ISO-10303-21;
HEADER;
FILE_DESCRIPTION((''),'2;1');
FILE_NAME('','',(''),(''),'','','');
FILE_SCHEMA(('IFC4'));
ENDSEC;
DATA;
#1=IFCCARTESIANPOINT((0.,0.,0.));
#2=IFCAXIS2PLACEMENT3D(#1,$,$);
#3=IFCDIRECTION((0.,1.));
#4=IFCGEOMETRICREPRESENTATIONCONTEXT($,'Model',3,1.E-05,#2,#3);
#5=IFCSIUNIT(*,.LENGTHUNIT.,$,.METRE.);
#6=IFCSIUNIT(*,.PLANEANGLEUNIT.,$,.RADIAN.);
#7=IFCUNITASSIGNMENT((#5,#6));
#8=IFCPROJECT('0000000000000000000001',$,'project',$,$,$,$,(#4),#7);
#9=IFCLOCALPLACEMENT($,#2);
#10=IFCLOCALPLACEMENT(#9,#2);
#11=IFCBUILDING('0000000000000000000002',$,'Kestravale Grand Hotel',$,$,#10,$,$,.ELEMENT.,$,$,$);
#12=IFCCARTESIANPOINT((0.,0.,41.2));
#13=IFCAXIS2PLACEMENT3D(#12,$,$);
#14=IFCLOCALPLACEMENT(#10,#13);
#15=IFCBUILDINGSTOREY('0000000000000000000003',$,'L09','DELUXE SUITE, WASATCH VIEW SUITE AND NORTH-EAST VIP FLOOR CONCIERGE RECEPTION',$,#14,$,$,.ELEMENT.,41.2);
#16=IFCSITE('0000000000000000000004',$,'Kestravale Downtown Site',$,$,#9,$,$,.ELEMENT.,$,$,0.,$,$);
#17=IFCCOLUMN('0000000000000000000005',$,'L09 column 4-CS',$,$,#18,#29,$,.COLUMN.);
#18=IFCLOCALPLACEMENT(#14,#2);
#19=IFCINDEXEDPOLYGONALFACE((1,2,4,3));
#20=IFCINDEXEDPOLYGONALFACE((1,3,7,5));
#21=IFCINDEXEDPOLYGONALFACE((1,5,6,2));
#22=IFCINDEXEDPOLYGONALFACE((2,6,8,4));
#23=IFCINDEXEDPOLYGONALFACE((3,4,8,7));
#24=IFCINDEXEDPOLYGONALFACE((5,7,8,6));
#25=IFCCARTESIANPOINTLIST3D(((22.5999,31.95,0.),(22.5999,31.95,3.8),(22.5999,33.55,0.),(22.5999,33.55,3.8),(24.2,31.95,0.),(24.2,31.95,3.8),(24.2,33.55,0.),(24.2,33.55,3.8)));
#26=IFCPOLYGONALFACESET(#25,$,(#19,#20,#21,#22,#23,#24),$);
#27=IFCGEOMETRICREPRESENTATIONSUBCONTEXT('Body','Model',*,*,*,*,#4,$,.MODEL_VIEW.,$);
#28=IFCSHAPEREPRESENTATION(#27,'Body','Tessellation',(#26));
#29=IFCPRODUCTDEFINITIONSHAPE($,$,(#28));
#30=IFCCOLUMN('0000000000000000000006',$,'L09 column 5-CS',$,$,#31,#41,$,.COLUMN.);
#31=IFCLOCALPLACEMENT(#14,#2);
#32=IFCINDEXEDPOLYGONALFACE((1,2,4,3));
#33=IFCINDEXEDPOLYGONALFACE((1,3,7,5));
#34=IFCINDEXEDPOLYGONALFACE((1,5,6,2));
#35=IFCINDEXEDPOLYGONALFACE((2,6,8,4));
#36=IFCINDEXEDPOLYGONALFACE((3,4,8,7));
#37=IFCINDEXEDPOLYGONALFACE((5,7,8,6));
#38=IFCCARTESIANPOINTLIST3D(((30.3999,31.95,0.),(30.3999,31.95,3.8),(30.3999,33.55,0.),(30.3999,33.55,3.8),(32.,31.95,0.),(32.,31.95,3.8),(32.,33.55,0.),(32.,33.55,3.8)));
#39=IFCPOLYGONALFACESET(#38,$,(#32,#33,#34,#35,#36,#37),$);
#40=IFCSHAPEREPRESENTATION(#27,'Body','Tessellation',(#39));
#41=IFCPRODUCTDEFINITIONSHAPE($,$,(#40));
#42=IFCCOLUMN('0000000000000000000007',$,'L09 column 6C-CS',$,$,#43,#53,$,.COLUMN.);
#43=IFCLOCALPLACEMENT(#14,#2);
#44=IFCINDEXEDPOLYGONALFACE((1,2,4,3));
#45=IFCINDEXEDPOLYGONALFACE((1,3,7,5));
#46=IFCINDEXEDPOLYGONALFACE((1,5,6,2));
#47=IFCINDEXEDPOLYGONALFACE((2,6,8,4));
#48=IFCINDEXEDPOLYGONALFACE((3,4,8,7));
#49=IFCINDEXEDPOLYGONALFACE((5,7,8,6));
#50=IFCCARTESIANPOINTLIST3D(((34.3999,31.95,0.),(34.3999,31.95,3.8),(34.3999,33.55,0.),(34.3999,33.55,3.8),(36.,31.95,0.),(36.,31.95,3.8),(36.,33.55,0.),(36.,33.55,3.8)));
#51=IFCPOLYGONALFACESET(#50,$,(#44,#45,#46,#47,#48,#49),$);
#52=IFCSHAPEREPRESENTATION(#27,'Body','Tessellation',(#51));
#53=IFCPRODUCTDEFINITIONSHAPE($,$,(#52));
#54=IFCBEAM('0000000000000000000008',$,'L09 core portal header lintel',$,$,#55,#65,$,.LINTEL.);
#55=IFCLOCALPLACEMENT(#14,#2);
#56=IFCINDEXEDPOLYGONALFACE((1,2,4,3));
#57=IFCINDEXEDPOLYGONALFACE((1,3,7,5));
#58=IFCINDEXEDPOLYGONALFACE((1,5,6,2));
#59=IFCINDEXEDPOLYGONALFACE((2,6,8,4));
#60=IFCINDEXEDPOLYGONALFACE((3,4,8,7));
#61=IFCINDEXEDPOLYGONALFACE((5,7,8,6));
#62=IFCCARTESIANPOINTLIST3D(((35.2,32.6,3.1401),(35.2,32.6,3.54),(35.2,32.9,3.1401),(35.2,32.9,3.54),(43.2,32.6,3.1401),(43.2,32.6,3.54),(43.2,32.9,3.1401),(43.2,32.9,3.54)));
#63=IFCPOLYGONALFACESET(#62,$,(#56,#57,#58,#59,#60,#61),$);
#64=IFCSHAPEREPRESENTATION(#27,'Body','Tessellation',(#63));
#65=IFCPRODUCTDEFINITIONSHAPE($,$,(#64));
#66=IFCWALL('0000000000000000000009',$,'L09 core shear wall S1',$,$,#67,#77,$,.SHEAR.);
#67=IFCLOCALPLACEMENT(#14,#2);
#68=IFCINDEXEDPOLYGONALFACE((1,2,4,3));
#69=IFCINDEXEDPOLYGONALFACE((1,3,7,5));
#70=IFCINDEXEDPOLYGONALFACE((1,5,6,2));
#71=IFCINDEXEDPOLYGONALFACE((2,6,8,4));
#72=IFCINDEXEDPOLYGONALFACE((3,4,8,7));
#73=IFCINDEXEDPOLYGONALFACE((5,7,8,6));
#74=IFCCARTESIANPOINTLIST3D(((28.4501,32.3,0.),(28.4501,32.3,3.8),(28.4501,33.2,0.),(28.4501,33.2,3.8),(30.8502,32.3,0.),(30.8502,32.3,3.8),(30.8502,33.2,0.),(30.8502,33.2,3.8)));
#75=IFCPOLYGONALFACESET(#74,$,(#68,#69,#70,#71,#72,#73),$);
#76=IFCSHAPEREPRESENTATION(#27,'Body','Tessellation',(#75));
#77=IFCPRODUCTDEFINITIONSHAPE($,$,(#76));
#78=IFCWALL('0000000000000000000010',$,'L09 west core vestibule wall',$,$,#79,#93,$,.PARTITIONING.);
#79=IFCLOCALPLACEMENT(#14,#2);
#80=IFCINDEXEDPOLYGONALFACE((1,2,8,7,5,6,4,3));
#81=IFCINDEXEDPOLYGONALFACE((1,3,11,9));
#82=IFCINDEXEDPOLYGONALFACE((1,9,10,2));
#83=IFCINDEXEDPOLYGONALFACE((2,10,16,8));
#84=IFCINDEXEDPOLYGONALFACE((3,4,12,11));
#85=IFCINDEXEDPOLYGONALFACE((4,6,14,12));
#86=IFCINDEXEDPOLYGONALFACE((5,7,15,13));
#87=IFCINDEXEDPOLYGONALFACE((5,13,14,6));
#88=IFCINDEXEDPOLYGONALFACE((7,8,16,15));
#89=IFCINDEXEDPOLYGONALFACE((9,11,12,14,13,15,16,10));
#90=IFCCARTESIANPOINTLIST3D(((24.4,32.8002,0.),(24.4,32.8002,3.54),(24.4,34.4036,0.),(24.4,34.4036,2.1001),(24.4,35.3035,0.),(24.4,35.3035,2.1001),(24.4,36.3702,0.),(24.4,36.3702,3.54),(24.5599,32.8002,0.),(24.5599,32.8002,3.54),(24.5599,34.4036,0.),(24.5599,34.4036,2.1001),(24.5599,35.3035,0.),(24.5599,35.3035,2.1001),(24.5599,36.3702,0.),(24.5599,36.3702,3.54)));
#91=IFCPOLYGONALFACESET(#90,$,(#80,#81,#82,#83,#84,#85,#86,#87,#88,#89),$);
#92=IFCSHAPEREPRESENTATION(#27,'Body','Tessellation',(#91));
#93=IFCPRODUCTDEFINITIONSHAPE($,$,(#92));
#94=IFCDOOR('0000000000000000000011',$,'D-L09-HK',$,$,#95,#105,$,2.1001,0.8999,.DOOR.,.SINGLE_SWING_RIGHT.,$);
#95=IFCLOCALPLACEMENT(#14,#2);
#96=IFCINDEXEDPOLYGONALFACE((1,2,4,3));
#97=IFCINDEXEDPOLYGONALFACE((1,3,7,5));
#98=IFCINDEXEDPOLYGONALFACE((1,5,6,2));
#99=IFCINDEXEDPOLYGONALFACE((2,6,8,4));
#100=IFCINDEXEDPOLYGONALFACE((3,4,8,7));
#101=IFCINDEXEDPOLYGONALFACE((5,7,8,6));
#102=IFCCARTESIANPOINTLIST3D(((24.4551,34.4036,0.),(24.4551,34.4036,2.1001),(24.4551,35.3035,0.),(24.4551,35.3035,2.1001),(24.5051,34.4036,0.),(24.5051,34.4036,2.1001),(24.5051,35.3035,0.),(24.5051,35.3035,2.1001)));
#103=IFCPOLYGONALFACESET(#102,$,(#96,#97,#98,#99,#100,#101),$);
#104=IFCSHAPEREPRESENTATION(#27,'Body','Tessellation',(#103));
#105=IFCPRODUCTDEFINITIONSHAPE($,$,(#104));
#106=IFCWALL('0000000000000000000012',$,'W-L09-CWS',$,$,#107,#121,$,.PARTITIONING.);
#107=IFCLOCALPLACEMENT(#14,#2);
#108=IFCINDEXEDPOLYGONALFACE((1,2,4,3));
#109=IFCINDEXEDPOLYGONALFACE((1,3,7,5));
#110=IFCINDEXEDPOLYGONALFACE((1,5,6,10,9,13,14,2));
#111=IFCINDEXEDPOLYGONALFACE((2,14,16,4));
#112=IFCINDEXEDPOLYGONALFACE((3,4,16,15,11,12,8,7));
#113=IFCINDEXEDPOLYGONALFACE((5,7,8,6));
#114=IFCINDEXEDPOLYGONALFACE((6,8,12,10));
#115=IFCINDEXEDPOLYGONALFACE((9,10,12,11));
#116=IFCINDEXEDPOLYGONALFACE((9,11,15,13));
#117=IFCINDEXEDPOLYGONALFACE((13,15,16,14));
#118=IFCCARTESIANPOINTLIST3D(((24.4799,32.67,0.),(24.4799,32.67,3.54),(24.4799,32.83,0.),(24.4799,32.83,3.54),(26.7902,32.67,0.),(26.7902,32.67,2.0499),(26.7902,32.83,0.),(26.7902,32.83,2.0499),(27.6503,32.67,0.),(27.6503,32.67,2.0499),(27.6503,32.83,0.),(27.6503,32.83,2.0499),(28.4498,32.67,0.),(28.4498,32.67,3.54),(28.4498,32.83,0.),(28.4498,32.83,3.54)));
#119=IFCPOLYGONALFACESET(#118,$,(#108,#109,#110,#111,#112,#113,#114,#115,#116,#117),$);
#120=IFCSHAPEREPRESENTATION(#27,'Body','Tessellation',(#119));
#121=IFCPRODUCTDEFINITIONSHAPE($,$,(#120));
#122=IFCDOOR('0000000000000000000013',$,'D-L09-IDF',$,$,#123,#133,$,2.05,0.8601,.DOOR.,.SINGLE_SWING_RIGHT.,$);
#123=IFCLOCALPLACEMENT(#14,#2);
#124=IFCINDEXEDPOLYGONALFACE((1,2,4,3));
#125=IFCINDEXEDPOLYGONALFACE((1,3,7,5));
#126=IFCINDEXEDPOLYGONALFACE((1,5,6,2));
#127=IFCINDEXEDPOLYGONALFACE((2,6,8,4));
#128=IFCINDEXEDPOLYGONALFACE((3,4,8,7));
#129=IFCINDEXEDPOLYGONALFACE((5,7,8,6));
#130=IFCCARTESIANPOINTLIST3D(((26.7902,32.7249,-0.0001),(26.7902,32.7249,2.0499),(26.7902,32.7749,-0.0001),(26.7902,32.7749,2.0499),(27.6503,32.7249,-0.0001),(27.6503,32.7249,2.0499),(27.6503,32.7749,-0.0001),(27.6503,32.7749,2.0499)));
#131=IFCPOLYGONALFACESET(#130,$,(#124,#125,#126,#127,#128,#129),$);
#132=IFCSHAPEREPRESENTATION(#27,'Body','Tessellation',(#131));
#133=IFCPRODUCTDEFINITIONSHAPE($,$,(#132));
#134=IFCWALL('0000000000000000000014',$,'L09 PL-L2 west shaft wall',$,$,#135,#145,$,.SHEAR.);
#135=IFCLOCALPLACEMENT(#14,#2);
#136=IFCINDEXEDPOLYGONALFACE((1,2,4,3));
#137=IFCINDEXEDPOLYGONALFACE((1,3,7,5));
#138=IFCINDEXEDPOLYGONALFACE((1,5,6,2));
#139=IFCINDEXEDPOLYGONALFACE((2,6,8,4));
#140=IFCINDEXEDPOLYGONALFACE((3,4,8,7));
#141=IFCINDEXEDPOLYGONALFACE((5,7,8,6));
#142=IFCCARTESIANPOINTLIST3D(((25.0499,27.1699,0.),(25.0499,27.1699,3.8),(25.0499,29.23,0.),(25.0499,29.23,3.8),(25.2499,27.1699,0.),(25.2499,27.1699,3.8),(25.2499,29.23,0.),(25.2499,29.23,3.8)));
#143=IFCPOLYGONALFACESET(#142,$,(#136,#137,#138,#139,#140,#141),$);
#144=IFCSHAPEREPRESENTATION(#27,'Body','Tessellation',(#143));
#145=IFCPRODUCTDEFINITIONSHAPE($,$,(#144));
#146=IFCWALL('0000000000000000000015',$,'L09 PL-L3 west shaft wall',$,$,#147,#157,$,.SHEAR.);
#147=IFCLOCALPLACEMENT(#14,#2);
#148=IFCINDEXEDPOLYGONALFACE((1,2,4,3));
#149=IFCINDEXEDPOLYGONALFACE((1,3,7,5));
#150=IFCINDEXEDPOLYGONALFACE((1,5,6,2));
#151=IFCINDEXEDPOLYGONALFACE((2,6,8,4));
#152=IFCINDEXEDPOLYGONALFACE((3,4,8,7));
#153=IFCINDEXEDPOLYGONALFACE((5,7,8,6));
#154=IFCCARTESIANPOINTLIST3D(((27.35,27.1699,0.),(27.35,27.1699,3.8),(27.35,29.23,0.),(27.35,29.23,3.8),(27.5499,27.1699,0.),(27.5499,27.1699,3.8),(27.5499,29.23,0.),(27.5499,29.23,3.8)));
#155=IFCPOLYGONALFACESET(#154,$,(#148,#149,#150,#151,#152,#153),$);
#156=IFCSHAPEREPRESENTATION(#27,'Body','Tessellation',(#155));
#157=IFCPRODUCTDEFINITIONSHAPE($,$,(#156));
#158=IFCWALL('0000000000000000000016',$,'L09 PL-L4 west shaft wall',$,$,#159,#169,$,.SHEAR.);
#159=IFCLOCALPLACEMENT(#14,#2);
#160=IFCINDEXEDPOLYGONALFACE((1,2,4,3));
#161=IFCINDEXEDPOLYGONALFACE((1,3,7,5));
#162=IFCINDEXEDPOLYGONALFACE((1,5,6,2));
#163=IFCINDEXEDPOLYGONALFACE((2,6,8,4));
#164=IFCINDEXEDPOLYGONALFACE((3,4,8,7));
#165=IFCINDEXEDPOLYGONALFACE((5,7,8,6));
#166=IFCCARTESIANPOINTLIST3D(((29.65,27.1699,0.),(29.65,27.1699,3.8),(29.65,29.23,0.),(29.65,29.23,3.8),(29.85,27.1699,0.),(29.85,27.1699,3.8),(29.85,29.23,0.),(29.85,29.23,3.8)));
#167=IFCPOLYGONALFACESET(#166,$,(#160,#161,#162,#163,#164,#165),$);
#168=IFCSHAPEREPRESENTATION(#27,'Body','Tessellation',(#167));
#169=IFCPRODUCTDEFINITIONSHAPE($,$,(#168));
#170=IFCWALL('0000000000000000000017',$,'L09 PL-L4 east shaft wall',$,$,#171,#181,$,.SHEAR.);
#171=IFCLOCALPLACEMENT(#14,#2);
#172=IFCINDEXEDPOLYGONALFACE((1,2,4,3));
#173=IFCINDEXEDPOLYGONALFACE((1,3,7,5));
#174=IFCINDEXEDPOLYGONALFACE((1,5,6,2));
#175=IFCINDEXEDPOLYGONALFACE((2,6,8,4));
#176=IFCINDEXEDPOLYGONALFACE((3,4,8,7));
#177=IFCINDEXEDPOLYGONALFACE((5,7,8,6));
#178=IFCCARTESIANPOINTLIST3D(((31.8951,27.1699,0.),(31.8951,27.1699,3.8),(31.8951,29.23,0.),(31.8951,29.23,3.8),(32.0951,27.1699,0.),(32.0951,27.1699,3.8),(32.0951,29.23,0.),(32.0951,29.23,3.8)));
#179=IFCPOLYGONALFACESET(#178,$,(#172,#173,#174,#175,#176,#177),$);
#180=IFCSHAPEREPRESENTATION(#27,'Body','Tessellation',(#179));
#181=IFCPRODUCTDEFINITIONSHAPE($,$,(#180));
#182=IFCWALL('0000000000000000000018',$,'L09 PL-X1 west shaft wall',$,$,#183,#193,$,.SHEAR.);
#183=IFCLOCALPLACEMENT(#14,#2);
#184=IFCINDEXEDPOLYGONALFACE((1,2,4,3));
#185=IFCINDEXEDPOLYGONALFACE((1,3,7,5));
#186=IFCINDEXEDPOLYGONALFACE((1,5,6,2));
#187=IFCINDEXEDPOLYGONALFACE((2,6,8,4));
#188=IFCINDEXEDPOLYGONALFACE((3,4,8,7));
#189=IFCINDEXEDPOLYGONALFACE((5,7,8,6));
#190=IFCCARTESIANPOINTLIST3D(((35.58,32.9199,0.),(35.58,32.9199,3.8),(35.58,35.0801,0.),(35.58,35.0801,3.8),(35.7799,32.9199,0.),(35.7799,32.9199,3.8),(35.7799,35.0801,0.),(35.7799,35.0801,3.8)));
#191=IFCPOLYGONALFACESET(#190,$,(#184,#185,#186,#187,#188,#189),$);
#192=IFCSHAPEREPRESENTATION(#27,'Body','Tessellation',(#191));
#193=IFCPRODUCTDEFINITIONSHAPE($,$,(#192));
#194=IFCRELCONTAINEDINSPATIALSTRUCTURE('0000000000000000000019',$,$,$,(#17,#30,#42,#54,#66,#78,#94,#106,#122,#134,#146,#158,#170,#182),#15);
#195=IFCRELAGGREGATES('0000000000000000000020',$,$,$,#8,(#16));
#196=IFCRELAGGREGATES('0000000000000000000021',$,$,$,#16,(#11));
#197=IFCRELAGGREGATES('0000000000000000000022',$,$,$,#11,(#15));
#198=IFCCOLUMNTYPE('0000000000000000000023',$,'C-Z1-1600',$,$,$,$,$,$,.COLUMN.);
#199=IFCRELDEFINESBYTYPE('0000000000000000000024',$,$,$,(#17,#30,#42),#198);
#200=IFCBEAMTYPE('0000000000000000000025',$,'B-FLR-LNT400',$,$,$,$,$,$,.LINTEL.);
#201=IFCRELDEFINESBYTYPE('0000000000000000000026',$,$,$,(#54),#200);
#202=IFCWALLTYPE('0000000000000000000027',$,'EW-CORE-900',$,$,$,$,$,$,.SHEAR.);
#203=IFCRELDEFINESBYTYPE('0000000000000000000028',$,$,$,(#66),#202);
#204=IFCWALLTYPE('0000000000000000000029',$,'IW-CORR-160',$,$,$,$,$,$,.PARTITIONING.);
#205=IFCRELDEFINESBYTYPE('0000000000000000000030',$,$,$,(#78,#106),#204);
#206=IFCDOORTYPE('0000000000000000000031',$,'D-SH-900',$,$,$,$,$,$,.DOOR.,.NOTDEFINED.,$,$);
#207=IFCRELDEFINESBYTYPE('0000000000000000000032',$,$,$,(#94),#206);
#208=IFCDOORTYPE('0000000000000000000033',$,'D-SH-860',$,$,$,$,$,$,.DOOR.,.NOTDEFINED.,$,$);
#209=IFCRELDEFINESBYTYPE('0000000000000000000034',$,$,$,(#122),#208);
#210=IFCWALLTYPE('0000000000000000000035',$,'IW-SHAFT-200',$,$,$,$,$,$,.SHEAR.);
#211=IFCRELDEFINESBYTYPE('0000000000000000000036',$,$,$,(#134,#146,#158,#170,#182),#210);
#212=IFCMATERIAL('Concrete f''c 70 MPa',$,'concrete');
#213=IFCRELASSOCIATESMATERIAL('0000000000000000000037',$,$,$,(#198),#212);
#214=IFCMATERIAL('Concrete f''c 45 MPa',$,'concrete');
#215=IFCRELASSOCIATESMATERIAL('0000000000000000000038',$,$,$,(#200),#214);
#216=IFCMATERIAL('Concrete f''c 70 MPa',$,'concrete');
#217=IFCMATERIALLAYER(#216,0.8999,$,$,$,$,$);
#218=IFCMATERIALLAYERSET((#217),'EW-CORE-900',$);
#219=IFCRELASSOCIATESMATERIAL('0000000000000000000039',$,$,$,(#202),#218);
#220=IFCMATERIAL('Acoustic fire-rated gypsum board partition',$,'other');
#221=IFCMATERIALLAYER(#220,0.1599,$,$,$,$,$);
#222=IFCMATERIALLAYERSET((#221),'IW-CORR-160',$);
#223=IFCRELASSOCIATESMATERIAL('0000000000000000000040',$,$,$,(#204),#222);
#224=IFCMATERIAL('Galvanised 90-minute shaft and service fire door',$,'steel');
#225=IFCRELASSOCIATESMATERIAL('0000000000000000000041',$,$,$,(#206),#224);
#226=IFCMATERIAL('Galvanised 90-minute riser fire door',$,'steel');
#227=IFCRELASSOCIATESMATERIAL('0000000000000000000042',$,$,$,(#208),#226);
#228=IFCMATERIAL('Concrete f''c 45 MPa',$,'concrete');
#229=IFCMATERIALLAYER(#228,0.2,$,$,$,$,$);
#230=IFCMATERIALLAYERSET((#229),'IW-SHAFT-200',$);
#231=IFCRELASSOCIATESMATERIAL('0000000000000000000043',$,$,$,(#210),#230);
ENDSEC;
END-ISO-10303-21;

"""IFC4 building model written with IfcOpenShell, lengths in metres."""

from ifc_helpers import new_model, si_unit, direction, frame, frame_2d, origin, origin_2d, place, context, subcontext, project, spatial, rectangle, extrude, material, layer, layer_set, material_profile, profile_set, type_object, element, fill, save


model = new_model("IFC4")

# Units and contexts
model_context = context("Model", 3, precision=1e-05, world=origin(), true_north=direction((0.0, 1.0)))
body_context = subcontext(model_context, "Body", "Model", "MODEL_VIEW")
ifc_project = project(units=[si_unit("LENGTHUNIT", "METRE"), si_unit("PLANEANGLEUNIT", "RADIAN")], contexts=[model_context])

# Site, building, storey
site_placement = place(None, origin())
site = spatial("IfcSite", under=ifc_project, at=site_placement, Name="Kestravale Downtown Site", CompositionType="ELEMENT", RefElevation=0.0)
building_placement = place(site_placement, origin())
building = spatial("IfcBuilding", under=site, at=building_placement, Name="Kestravale Grand Hotel", CompositionType="ELEMENT")
storey_placement = place(building_placement, frame((0.0, 0.0, 41.2)))
storey = spatial("IfcBuildingStorey", under=building, at=storey_placement, Name="L09", Description="DELUXE SUITE, WASATCH VIEW SUITE AND NORTH-EAST VIP FLOOR CONCIERGE RECEPTION", CompositionType="ELEMENT", Elevation=41.2)

# Columns
ifc_material_1 = material(Name="Concrete f'c 70 MPa", Category="concrete")
ifc_material_profile_1 = material_profile(ifc_material_1, rectangle(XDim=1.6001, YDim=1.6001, at=origin_2d()))
ifc_profile_set_1 = profile_set([ifc_material_profile_1], Name="Concrete f'c 70 MPa")
column_type = type_object("IfcColumnType", Name="C-Z1-1600", PredefinedType="COLUMN", material=ifc_profile_set_1)
for number, where, z_axis, x_axis, name in (
    (1, (23.3999, 32.75, 0.0), (0.0, 0.0, 1.0), (1.0, 0.0, 0.0), "L09 column 4-CS"),
    (2, (31.2, 32.75, 0.0), (0.0, 0.0, 1.0), (1.0, 0.0, 0.0), "L09 column 5-CS"),
    (3, (35.2, 32.75, 0.0), (0.0, 0.0, 1.0), (1.0, 0.0, 0.0), "L09 column 6C-CS"),
):
    element("IfcColumn", number, at=place(storey_placement, frame(where, z_axis=z_axis, x_axis=x_axis)), inside=storey, type_object=column_type, Name=name, PredefinedType="COLUMN", context=body_context, shape_type="SweptSolid", body=[
        extrude(rectangle(XDim=1.6001, YDim=1.6001, at=origin_2d()), origin(), (0.0, 0.0, 1.0), 3.8),
    ])

# Beam
ifc_material_2 = material(Name="Concrete f'c 45 MPa", Category="concrete")
ifc_material_profile_2 = material_profile(ifc_material_2, rectangle(XDim=0.3, YDim=0.3999, at=origin_2d()))
ifc_profile_set_2 = profile_set([ifc_material_profile_2], Name="Concrete f'c 45 MPa")
beam_type = type_object("IfcBeamType", Name="B-FLR-LNT400", PredefinedType="LINTEL", material=ifc_profile_set_2)
beam_placement = place(storey_placement, frame((35.2, 32.75, 3.3401), z_axis=(1.0, 0.0, 0.0), x_axis=(0.0, 1.0, 0.0)))
element("IfcBeam", 4, at=beam_placement, inside=storey, type_object=beam_type, Name="L09 core portal header lintel", PredefinedType="LINTEL", context=body_context, shape_type="SweptSolid", body=[
    extrude(rectangle(XDim=0.3, YDim=0.3999, at=origin_2d()), origin(), (0.0, 0.0, 1.0), 8.0),
])

# Wall
ifc_material_3 = material(Name="Concrete f'c 70 MPa", Category="concrete")
ifc_layer_1 = layer(ifc_material_3, 0.8999)
ifc_layer_set_1 = layer_set([ifc_layer_1], Name="EW-CORE-900")
wall_type_1 = type_object("IfcWallType", Name="EW-CORE-900", PredefinedType="SHEAR", material=ifc_layer_set_1)
wall_1_placement = place(storey_placement, frame((28.45, 32.75, 0.0), z_axis=(0.0, 0.0, 1.0), x_axis=(1.0, 0.0, 0.0)))
element("IfcWall", 5, at=wall_1_placement, inside=storey, type_object=wall_type_1, Name="L09 core shear wall S1", PredefinedType="SHEAR", context=body_context, shape_type="SweptSolid", body=[
    extrude(rectangle(XDim=2.4001, YDim=0.8999, at=frame_2d((1.2002, 0.0))), origin(), (0.0, 0.0, 1.0), 3.8),
])

# Walls, openings, doors
ifc_material_4 = material(Name="Acoustic fire-rated gypsum board partition", Category="other")
ifc_layer_2 = layer(ifc_material_4, 0.1599)
ifc_layer_set_2 = layer_set([ifc_layer_2], Name="IW-CORR-160")
wall_type_2 = type_object("IfcWallType", Name="IW-CORR-160", PredefinedType="PARTITIONING", material=ifc_layer_set_2)
wall_2_placement = place(storey_placement, frame((24.48, 32.8, 0.0), z_axis=(0.0, 0.0, 1.0), x_axis=(0.0, 1.0, 0.0)))
wall_2 = element("IfcWall", 6, at=wall_2_placement, inside=storey, type_object=wall_type_2, Name="L09 west core vestibule wall", PredefinedType="PARTITIONING", context=body_context, shape_type="SweptSolid", body=[
    extrude(rectangle(XDim=3.5701, YDim=0.1599, at=frame_2d((1.7852, 0.0))), origin(), (0.0, 0.0, 1.0), 3.54),
])
opening_1_placement = place(wall_2_placement, frame((1.6035, 0.0, 0.0)))
opening_1 = element("IfcOpeningElement", 7, at=opening_1_placement, cuts=wall_2, PredefinedType="OPENING", context=body_context, shape_type="SweptSolid", body=[
    extrude(rectangle(XDim=0.8999, YDim=2.1001, at=frame_2d((0.45, 1.05))), frame((0.0, 0.0898, 0.0), z_axis=(0.0, -1.0, 0.0), x_axis=(1.0, 0.0, 0.0)), (0.0, 0.0, 1.0), 0.1799),
])
ifc_material_5 = material(Name="Galvanised 90-minute shaft and service fire door", Category="steel")
door_type_1 = type_object("IfcDoorType", Name="D-SH-900", OperationType="NOTDEFINED", PredefinedType="DOOR", material=ifc_material_5)
door_1_placement = place(opening_1_placement, origin())
door_1 = element("IfcDoor", 8, at=door_1_placement, inside=storey, type_object=door_type_1, Name="D-L09-HK", OperationType="SINGLE_SWING_RIGHT", OverallHeight=2.1001, OverallWidth=0.8999, PredefinedType="DOOR", context=body_context, shape_type="SweptSolid", body=[
    extrude(rectangle(XDim=0.8999, YDim=2.1001, at=frame_2d((0.45, 1.05))), frame((0.0, 0.0249, 0.0), z_axis=(0.0, -1.0, 0.0), x_axis=(1.0, 0.0, 0.0)), (0.0, 0.0, 1.0), 0.05),
])
fill(opening_1, door_1)
wall_3_placement = place(storey_placement, frame((24.48, 32.75, 0.0), z_axis=(0.0, 0.0, 1.0), x_axis=(1.0, 0.0, 0.0)))
wall_3 = element("IfcWall", 9, at=wall_3_placement, inside=storey, type_object=wall_type_2, Name="W-L09-CWS", PredefinedType="PARTITIONING", context=body_context, shape_type="SweptSolid", body=[
    extrude(rectangle(XDim=3.97, YDim=0.1599, at=frame_2d((1.9849, 0.0))), origin(), (0.0, 0.0, 1.0), 3.54),
])
opening_2_placement = place(wall_3_placement, frame((2.3101, 0.0, 0.0)))
opening_2 = element("IfcOpeningElement", 10, at=opening_2_placement, cuts=wall_3, PredefinedType="OPENING", context=body_context, shape_type="SweptSolid", body=[
    extrude(rectangle(XDim=0.8601, YDim=2.05, at=frame_2d((0.4302, 1.0249))), frame((0.0, 0.0898, 0.0), z_axis=(0.0, -1.0, 0.0), x_axis=(1.0, 0.0, 0.0)), (0.0, 0.0, 1.0), 0.1799),
])
ifc_material_6 = material(Name="Galvanised 90-minute riser fire door", Category="steel")
door_type_2 = type_object("IfcDoorType", Name="D-SH-860", OperationType="NOTDEFINED", PredefinedType="DOOR", material=ifc_material_6)
door_2_placement = place(opening_2_placement, origin())
door_2 = element("IfcDoor", 11, at=door_2_placement, inside=storey, type_object=door_type_2, Name="D-L09-IDF", OperationType="SINGLE_SWING_RIGHT", OverallHeight=2.05, OverallWidth=0.8601, PredefinedType="DOOR", context=body_context, shape_type="SweptSolid", body=[
    extrude(rectangle(XDim=0.8601, YDim=2.05, at=frame_2d((0.4302, 1.0249))), frame((0.0, 0.0249, 0.0), z_axis=(0.0, -1.0, 0.0), x_axis=(1.0, 0.0, 0.0)), (0.0, 0.0, 1.0), 0.05),
])
fill(opening_2, door_2)

# Walls
ifc_material_7 = material(Name="Concrete f'c 45 MPa", Category="concrete")
ifc_layer_3 = layer(ifc_material_7, 0.2)
ifc_layer_set_3 = layer_set([ifc_layer_3], Name="IW-SHAFT-200")
wall_type_3 = type_object("IfcWallType", Name="IW-SHAFT-200", PredefinedType="SHEAR", material=ifc_layer_set_3)
for number, where, z_axis, x_axis, name in (
    (12, (25.1499, 27.1699, 0.0), (0.0, 0.0, 1.0), (0.0, 1.0, 0.0), "L09 PL-L2 west shaft wall"),
    (13, (27.45, 27.1699, 0.0), (0.0, 0.0, 1.0), (0.0, 1.0, 0.0), "L09 PL-L3 west shaft wall"),
    (14, (29.75, 27.1699, 0.0), (0.0, 0.0, 1.0), (0.0, 1.0, 0.0), "L09 PL-L4 west shaft wall"),
    (15, (31.9951, 27.1699, 0.0), (0.0, 0.0, 1.0), (0.0, 1.0, 0.0), "L09 PL-L4 east shaft wall"),
):
    element("IfcWall", number, at=place(storey_placement, frame(where, z_axis=z_axis, x_axis=x_axis)), inside=storey, type_object=wall_type_3, Name=name, PredefinedType="SHEAR", context=body_context, shape_type="SweptSolid", body=[
        extrude(rectangle(XDim=2.0601, YDim=0.2, at=frame_2d((1.03, 0.0))), origin(), (0.0, 0.0, 1.0), 3.8),
    ])
wall_4_placement = place(storey_placement, frame((35.6799, 32.9199, 0.0), z_axis=(0.0, 0.0, 1.0), x_axis=(0.0, 1.0, 0.0)))
element("IfcWall", 16, at=wall_4_placement, inside=storey, type_object=wall_type_3, Name="L09 PL-X1 west shaft wall", PredefinedType="SHEAR", context=body_context, shape_type="SweptSolid", body=[
    extrude(rectangle(XDim=2.1602, YDim=0.2, at=frame_2d((1.0801, 0.0))), origin(), (0.0, 0.0, 1.0), 3.8),
])

save(model, "model.ifc")
